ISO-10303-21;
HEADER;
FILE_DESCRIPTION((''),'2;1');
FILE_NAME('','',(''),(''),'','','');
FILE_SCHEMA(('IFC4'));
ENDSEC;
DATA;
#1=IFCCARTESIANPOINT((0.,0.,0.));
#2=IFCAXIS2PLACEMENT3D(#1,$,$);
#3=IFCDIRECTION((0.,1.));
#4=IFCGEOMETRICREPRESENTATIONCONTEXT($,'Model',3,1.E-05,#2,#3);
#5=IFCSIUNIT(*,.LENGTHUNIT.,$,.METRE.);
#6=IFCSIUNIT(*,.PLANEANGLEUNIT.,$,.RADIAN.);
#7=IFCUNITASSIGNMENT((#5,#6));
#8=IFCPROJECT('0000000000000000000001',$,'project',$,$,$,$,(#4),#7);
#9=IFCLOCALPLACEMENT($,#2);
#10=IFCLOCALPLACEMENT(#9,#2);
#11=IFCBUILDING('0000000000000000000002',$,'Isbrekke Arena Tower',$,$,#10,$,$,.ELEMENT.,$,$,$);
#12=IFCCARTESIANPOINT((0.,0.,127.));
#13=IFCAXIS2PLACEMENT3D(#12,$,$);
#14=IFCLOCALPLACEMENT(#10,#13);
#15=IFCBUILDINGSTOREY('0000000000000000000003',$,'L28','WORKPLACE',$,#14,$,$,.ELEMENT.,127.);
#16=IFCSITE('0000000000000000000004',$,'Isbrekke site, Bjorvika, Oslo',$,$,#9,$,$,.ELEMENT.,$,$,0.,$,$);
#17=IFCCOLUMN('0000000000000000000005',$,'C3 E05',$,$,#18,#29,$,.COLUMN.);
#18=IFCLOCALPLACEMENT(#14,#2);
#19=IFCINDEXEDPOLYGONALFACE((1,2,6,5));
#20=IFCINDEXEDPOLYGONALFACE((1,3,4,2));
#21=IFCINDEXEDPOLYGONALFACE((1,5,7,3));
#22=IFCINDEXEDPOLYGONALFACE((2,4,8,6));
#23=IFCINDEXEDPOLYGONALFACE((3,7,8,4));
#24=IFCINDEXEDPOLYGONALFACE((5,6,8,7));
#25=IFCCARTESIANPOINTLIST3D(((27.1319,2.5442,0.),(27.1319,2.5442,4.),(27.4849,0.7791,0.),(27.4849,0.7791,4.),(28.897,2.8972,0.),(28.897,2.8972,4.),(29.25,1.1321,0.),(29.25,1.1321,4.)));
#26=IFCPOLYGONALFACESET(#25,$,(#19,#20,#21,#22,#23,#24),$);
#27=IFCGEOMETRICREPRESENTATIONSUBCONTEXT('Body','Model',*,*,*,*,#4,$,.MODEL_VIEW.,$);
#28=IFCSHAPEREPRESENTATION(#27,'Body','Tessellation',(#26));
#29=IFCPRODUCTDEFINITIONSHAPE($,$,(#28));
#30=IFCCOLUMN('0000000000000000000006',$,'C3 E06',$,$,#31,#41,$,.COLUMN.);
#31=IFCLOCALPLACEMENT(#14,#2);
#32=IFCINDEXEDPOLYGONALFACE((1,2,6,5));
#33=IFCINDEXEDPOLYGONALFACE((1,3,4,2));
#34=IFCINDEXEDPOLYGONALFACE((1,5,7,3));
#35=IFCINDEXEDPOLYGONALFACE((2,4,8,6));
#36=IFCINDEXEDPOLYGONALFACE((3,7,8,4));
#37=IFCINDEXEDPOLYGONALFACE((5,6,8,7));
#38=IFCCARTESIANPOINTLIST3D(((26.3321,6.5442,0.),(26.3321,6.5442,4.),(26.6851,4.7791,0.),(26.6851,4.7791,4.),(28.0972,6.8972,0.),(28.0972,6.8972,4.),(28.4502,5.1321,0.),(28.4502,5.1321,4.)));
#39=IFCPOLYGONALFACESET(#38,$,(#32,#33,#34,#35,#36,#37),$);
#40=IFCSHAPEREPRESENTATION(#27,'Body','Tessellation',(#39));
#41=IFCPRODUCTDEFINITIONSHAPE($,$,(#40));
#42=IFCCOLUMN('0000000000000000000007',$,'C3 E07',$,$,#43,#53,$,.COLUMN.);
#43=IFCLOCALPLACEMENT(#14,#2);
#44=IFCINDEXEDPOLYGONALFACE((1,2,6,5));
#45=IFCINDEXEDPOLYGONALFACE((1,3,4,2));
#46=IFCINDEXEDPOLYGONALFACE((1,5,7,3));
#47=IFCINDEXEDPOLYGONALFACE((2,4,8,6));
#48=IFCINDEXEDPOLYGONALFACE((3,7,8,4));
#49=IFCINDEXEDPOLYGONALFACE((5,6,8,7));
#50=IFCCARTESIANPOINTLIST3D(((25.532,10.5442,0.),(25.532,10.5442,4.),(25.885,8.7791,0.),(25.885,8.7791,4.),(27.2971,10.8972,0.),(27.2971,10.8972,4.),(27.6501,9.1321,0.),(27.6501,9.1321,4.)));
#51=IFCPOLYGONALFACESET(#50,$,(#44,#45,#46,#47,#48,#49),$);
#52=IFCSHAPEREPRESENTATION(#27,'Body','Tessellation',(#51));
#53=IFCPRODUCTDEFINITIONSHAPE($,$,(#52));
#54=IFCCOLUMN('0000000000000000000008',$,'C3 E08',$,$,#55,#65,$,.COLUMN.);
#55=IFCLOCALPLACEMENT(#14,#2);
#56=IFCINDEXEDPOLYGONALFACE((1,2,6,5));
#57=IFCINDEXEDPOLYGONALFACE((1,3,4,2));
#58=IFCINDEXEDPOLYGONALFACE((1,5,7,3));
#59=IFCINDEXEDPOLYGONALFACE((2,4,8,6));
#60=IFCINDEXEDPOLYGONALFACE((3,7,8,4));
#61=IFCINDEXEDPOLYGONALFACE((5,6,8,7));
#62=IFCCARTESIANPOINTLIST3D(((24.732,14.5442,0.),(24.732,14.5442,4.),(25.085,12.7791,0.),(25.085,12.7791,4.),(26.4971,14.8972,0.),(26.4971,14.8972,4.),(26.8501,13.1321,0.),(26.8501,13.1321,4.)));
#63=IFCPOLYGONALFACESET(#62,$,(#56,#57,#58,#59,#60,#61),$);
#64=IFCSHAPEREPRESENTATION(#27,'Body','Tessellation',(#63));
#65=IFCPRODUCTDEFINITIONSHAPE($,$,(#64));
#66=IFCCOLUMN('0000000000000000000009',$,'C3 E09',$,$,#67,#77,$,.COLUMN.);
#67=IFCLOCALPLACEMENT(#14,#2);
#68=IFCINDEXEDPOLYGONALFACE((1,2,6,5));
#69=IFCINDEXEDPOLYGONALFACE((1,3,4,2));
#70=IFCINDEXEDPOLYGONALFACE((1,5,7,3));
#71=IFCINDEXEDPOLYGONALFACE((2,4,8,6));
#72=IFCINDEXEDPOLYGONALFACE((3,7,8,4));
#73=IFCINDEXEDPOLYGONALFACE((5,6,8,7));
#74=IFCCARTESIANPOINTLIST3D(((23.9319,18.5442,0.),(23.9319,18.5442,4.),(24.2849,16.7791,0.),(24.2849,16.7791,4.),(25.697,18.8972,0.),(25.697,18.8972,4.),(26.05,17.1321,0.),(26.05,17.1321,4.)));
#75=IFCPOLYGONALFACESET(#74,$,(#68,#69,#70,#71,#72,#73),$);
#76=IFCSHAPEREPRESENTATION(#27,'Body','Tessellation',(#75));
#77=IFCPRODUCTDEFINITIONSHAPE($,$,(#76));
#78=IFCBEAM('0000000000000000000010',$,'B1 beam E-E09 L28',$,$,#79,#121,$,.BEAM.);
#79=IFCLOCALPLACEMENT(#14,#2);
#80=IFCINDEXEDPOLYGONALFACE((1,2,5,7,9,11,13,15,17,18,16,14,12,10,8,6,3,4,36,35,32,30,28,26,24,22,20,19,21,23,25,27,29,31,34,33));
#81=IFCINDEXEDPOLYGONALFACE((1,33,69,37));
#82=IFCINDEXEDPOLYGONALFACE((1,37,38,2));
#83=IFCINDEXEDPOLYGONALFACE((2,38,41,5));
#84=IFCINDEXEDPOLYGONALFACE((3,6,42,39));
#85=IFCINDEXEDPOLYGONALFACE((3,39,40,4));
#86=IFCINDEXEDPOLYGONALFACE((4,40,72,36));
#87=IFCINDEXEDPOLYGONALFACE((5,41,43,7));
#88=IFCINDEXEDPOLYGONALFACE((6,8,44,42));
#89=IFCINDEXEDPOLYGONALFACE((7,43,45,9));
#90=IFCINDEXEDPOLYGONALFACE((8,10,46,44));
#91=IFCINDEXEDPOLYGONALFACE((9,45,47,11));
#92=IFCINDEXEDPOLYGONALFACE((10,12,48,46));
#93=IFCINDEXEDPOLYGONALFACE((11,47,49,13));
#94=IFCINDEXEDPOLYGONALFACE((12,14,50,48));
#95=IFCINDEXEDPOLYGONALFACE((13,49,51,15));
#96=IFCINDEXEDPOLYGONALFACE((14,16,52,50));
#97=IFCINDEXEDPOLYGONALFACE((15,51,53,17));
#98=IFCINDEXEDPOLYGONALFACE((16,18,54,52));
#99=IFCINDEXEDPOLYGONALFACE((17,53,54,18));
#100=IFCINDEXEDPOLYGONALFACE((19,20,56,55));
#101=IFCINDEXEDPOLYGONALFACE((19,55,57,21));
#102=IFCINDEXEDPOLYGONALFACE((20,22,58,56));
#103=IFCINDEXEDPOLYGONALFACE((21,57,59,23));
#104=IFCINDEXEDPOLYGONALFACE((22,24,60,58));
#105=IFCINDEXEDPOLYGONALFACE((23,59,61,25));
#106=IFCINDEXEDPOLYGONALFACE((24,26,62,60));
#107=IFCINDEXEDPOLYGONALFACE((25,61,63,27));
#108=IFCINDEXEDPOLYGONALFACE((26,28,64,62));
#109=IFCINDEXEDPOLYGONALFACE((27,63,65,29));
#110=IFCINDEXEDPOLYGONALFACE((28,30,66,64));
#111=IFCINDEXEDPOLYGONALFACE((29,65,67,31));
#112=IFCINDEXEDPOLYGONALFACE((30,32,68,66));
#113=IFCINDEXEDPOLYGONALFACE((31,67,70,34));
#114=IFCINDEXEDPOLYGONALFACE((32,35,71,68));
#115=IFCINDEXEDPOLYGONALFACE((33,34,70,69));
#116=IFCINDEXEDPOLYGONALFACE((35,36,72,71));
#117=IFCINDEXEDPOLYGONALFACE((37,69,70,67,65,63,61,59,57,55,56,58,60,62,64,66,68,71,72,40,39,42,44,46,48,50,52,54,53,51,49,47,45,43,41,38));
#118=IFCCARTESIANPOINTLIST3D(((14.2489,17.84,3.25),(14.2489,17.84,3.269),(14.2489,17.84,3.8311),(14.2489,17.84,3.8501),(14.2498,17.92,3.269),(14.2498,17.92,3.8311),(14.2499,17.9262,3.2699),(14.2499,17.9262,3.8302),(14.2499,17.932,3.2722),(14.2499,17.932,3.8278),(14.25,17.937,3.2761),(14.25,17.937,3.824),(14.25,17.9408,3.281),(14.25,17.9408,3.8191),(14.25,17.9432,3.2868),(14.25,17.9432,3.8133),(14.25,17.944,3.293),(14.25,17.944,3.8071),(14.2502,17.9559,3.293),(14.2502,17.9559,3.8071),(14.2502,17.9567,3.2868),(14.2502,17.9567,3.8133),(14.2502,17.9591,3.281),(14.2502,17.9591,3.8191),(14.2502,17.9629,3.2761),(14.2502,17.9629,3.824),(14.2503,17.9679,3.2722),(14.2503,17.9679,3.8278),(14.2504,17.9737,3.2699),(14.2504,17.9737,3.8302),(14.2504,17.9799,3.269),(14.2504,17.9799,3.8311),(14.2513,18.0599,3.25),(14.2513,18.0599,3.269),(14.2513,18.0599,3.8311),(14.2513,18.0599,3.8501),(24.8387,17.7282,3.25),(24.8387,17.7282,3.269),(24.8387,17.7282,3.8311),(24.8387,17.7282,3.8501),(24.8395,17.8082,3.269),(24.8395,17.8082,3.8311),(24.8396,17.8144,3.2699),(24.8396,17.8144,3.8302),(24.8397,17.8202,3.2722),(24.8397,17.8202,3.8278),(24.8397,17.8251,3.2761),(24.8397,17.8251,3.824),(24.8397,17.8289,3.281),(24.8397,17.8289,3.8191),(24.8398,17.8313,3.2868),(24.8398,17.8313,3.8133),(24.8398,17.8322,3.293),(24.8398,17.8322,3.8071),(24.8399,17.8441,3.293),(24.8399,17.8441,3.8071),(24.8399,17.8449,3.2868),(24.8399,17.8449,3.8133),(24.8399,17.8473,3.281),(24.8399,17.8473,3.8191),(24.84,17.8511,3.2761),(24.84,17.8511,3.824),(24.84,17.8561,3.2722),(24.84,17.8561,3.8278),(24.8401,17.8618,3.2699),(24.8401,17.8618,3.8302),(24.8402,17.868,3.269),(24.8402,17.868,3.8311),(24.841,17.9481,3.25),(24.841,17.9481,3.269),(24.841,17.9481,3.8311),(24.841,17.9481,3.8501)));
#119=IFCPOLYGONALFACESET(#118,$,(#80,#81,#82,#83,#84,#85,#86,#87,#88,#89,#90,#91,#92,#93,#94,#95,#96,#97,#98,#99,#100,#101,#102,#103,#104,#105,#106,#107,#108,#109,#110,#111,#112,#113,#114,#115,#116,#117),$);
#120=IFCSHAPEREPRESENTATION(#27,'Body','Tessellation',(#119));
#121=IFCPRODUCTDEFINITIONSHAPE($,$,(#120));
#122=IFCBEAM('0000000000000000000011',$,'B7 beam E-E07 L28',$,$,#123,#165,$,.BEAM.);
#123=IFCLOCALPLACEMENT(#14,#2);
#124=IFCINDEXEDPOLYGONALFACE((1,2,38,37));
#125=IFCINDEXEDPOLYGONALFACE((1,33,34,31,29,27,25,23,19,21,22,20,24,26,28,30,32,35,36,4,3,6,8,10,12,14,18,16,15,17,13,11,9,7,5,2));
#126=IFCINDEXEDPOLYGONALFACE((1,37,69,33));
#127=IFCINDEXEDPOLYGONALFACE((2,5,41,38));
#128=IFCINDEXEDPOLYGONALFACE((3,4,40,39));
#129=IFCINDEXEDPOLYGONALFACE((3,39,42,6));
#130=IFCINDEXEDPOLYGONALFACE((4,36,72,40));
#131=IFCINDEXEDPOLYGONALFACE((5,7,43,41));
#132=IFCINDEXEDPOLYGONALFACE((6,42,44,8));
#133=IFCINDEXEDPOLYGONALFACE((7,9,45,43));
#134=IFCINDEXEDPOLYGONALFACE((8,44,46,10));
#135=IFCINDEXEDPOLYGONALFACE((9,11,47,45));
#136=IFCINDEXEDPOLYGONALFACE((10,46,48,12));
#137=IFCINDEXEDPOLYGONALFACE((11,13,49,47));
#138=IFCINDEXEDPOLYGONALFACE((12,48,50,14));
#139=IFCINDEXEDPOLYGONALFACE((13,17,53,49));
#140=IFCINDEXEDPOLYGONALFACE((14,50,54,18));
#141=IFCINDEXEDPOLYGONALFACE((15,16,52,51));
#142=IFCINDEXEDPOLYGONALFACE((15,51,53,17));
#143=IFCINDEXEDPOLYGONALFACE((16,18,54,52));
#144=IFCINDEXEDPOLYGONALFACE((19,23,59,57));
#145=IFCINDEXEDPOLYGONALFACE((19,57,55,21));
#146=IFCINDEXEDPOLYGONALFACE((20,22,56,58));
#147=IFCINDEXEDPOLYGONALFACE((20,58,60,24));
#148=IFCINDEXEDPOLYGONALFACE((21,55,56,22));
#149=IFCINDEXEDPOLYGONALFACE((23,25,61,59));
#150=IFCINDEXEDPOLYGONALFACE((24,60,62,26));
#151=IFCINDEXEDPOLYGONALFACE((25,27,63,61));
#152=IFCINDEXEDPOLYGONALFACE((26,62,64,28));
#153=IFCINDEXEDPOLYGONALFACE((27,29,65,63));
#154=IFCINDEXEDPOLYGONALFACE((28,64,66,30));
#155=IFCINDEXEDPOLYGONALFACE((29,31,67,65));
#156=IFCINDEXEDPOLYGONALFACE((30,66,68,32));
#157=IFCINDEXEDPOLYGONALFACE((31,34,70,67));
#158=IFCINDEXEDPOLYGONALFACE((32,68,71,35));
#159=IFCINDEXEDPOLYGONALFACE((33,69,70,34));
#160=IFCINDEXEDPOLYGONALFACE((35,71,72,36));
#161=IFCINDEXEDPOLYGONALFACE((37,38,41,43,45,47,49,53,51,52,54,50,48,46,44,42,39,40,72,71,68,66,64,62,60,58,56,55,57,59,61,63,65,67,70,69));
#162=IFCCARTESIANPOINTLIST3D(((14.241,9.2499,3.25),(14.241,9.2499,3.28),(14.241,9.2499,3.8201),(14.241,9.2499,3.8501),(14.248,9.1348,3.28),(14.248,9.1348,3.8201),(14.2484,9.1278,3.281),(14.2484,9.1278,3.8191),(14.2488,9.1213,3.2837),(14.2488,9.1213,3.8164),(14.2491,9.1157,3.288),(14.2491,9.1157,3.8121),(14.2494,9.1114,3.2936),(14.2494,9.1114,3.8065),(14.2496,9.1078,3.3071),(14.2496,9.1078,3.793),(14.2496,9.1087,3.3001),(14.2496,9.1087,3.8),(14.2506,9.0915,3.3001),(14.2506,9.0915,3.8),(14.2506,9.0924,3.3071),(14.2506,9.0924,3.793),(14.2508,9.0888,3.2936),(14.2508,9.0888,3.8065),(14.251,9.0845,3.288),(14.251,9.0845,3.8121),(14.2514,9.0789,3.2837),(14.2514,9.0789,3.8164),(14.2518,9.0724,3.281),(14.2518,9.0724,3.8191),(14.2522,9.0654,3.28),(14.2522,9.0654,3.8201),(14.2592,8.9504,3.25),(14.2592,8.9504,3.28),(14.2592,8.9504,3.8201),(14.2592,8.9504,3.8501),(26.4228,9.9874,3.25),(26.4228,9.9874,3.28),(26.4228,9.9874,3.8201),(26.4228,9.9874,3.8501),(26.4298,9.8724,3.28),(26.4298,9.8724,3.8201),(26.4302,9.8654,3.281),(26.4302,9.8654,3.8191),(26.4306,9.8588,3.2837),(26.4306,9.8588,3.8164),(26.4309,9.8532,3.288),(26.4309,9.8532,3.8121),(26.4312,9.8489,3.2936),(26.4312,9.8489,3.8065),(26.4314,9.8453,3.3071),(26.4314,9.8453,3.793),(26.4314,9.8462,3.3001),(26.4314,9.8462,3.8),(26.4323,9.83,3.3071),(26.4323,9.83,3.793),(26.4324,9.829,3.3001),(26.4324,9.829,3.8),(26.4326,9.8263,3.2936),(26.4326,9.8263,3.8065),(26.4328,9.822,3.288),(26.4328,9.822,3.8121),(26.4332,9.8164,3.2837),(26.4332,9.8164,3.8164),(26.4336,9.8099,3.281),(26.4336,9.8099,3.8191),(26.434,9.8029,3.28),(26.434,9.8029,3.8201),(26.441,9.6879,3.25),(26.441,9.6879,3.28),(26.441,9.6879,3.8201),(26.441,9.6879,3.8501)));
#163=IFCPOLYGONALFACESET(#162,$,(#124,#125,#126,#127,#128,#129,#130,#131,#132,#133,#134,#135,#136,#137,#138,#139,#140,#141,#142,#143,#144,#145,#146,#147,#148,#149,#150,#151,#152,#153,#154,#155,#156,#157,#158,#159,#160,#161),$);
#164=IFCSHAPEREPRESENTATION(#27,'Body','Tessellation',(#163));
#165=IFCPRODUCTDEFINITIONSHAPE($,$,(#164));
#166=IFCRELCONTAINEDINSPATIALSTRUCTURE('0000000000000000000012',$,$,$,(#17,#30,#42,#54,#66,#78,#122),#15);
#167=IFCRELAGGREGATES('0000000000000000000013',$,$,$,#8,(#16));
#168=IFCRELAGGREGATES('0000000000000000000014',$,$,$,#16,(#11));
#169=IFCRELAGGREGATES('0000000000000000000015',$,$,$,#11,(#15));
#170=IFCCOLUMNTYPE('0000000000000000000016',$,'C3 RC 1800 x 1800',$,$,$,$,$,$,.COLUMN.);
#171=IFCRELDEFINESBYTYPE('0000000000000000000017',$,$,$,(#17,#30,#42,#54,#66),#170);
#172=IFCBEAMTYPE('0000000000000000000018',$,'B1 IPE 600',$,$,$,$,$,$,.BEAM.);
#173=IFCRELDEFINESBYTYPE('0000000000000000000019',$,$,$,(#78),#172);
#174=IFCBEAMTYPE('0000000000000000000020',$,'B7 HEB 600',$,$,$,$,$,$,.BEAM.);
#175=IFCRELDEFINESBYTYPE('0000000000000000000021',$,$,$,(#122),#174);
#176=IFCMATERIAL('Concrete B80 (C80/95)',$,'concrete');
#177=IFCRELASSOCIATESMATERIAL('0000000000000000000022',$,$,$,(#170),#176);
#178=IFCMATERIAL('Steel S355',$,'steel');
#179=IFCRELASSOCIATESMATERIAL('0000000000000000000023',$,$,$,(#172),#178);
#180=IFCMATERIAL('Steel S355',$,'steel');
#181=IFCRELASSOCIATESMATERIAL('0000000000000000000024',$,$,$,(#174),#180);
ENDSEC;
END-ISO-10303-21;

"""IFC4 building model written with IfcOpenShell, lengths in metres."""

from ifc_helpers import new_model, si_unit, direction, frame, origin, origin_2d, place, context, subcontext, project, spatial, rectangle, i_section, extrude, material, material_profile, profile_set, type_object, element, save


model = new_model("IFC4")

# Units and contexts
model_context = context("Model", 3, precision=1e-05, world=origin(), true_north=direction((0.0, 1.0)))
body_context = subcontext(model_context, "Body", "Model", "MODEL_VIEW")
ifc_project = project(units=[si_unit("LENGTHUNIT", "METRE"), si_unit("PLANEANGLEUNIT", "RADIAN")], contexts=[model_context])

# Site, building, storey
site_placement = place(None, origin())
site = spatial("IfcSite", under=ifc_project, at=site_placement, Name="Isbrekke site, Bjorvika, Oslo", CompositionType="ELEMENT", RefElevation=0.0)
building_placement = place(site_placement, origin())
building = spatial("IfcBuilding", under=site, at=building_placement, Name="Isbrekke Arena Tower", CompositionType="ELEMENT")
storey_placement = place(building_placement, frame((0.0, 0.0, 127.0)))
storey = spatial("IfcBuildingStorey", under=building, at=storey_placement, Name="L28", Description="WORKPLACE", CompositionType="ELEMENT", Elevation=127.0)

# Columns
ifc_material_1 = material(Name="Concrete B80 (C80/95)", Category="concrete")
ifc_material_profile_1 = material_profile(ifc_material_1, rectangle(XDim=1.8, YDim=1.8, at=origin_2d()), Name="RC 1800x1800")
ifc_profile_set_1 = profile_set([ifc_material_profile_1], Name="Concrete B80 (C80/95)")
column_type = type_object("IfcColumnType", Name="C3 RC 1800 x 1800", PredefinedType="COLUMN", material=ifc_profile_set_1)
for number, where, z_axis, x_axis, name in (
    (1, (28.1909, 1.8381, 0.0), (0.0, 0.0, 1.0), (-0.196116, 0.980581, 0.0), "C3 E05"),
    (2, (27.3911, 5.8381, 0.0), (0.0, 0.0, 1.0), (-0.196116, 0.980581, 0.0), "C3 E06"),
    (3, (26.5911, 9.8381, 0.0), (0.0, 0.0, 1.0), (-0.196116, 0.980581, 0.0), "C3 E07"),
    (4, (25.791, 13.8381, 0.0), (0.0, 0.0, 1.0), (-0.196116, 0.980581, 0.0), "C3 E08"),
    (5, (24.991, 17.8381, 0.0), (0.0, 0.0, 1.0), (-0.196116, 0.980581, 0.0), "C3 E09"),
):
    element("IfcColumn", number, at=place(storey_placement, frame(where, z_axis=z_axis, x_axis=x_axis)), inside=storey, type_object=column_type, Name=name, PredefinedType="COLUMN", context=body_context, shape_type="SweptSolid", body=[
        extrude(rectangle(XDim=1.8, YDim=1.8, at=origin_2d()), origin(), (0.0, 0.0, 1.0), 4.0),
    ])

# Beams
ifc_material_2 = material(Name="Steel S355", Category="steel")
ifc_material_profile_2 = material_profile(ifc_material_2, i_section(OverallWidth=0.22, OverallDepth=0.6001, WebThickness=0.012, FlangeThickness=0.019, FilletRadius=0.0239, at=origin_2d()), Name="IPE 600")
ifc_profile_set_2 = profile_set([ifc_material_profile_2], Name="Steel S355")
beam_type_1 = type_object("IfcBeamType", Name="B1 IPE 600", PredefinedType="BEAM", material=ifc_profile_set_2)
beam_1_placement = place(storey_placement, frame((24.8398, 17.8381, 3.55), z_axis=(-0.999944, 0.010558, 0.0), x_axis=(-0.010558, -0.999944, 0.0)))
element("IfcBeam", 6, at=beam_1_placement, inside=storey, type_object=beam_type_1, Name="B1 beam E-E09 L28", PredefinedType="BEAM", context=body_context, shape_type="SweptSolid", body=[
    extrude(i_section(OverallWidth=0.22, OverallDepth=0.6001, WebThickness=0.012, FlangeThickness=0.019, FilletRadius=0.0239, at=origin_2d()), origin(), (0.0, 0.0, 1.0), 10.5903),
])
ifc_material_3 = material(Name="Steel S355", Category="steel")
ifc_material_profile_3 = material_profile(ifc_material_3, i_section(OverallWidth=0.3, OverallDepth=0.6001, WebThickness=0.0154, FlangeThickness=0.03, FilletRadius=0.0271, at=origin_2d()), Name="HEB 600")
ifc_profile_set_3 = profile_set([ifc_material_profile_3], Name="Steel S355")
beam_type_2 = type_object("IfcBeamType", Name="B7 HEB 600", PredefinedType="BEAM", material=ifc_profile_set_3)
beam_2_placement = place(storey_placement, frame((26.4319, 9.8376, 3.55), z_axis=(-0.998172, -0.060434, 0.0), x_axis=(0.060434, -0.998172, 0.0)))
element("IfcBeam", 7, at=beam_2_placement, inside=storey, type_object=beam_type_2, Name="B7 beam E-E07 L28", PredefinedType="BEAM", context=body_context, shape_type="SweptSolid", body=[
    extrude(i_section(OverallWidth=0.3, OverallDepth=0.6001, WebThickness=0.0154, FlangeThickness=0.03, FilletRadius=0.0271, at=origin_2d()), origin(), (0.0, 0.0, 1.0), 12.2041),
])

save(model, "model.ifc")
